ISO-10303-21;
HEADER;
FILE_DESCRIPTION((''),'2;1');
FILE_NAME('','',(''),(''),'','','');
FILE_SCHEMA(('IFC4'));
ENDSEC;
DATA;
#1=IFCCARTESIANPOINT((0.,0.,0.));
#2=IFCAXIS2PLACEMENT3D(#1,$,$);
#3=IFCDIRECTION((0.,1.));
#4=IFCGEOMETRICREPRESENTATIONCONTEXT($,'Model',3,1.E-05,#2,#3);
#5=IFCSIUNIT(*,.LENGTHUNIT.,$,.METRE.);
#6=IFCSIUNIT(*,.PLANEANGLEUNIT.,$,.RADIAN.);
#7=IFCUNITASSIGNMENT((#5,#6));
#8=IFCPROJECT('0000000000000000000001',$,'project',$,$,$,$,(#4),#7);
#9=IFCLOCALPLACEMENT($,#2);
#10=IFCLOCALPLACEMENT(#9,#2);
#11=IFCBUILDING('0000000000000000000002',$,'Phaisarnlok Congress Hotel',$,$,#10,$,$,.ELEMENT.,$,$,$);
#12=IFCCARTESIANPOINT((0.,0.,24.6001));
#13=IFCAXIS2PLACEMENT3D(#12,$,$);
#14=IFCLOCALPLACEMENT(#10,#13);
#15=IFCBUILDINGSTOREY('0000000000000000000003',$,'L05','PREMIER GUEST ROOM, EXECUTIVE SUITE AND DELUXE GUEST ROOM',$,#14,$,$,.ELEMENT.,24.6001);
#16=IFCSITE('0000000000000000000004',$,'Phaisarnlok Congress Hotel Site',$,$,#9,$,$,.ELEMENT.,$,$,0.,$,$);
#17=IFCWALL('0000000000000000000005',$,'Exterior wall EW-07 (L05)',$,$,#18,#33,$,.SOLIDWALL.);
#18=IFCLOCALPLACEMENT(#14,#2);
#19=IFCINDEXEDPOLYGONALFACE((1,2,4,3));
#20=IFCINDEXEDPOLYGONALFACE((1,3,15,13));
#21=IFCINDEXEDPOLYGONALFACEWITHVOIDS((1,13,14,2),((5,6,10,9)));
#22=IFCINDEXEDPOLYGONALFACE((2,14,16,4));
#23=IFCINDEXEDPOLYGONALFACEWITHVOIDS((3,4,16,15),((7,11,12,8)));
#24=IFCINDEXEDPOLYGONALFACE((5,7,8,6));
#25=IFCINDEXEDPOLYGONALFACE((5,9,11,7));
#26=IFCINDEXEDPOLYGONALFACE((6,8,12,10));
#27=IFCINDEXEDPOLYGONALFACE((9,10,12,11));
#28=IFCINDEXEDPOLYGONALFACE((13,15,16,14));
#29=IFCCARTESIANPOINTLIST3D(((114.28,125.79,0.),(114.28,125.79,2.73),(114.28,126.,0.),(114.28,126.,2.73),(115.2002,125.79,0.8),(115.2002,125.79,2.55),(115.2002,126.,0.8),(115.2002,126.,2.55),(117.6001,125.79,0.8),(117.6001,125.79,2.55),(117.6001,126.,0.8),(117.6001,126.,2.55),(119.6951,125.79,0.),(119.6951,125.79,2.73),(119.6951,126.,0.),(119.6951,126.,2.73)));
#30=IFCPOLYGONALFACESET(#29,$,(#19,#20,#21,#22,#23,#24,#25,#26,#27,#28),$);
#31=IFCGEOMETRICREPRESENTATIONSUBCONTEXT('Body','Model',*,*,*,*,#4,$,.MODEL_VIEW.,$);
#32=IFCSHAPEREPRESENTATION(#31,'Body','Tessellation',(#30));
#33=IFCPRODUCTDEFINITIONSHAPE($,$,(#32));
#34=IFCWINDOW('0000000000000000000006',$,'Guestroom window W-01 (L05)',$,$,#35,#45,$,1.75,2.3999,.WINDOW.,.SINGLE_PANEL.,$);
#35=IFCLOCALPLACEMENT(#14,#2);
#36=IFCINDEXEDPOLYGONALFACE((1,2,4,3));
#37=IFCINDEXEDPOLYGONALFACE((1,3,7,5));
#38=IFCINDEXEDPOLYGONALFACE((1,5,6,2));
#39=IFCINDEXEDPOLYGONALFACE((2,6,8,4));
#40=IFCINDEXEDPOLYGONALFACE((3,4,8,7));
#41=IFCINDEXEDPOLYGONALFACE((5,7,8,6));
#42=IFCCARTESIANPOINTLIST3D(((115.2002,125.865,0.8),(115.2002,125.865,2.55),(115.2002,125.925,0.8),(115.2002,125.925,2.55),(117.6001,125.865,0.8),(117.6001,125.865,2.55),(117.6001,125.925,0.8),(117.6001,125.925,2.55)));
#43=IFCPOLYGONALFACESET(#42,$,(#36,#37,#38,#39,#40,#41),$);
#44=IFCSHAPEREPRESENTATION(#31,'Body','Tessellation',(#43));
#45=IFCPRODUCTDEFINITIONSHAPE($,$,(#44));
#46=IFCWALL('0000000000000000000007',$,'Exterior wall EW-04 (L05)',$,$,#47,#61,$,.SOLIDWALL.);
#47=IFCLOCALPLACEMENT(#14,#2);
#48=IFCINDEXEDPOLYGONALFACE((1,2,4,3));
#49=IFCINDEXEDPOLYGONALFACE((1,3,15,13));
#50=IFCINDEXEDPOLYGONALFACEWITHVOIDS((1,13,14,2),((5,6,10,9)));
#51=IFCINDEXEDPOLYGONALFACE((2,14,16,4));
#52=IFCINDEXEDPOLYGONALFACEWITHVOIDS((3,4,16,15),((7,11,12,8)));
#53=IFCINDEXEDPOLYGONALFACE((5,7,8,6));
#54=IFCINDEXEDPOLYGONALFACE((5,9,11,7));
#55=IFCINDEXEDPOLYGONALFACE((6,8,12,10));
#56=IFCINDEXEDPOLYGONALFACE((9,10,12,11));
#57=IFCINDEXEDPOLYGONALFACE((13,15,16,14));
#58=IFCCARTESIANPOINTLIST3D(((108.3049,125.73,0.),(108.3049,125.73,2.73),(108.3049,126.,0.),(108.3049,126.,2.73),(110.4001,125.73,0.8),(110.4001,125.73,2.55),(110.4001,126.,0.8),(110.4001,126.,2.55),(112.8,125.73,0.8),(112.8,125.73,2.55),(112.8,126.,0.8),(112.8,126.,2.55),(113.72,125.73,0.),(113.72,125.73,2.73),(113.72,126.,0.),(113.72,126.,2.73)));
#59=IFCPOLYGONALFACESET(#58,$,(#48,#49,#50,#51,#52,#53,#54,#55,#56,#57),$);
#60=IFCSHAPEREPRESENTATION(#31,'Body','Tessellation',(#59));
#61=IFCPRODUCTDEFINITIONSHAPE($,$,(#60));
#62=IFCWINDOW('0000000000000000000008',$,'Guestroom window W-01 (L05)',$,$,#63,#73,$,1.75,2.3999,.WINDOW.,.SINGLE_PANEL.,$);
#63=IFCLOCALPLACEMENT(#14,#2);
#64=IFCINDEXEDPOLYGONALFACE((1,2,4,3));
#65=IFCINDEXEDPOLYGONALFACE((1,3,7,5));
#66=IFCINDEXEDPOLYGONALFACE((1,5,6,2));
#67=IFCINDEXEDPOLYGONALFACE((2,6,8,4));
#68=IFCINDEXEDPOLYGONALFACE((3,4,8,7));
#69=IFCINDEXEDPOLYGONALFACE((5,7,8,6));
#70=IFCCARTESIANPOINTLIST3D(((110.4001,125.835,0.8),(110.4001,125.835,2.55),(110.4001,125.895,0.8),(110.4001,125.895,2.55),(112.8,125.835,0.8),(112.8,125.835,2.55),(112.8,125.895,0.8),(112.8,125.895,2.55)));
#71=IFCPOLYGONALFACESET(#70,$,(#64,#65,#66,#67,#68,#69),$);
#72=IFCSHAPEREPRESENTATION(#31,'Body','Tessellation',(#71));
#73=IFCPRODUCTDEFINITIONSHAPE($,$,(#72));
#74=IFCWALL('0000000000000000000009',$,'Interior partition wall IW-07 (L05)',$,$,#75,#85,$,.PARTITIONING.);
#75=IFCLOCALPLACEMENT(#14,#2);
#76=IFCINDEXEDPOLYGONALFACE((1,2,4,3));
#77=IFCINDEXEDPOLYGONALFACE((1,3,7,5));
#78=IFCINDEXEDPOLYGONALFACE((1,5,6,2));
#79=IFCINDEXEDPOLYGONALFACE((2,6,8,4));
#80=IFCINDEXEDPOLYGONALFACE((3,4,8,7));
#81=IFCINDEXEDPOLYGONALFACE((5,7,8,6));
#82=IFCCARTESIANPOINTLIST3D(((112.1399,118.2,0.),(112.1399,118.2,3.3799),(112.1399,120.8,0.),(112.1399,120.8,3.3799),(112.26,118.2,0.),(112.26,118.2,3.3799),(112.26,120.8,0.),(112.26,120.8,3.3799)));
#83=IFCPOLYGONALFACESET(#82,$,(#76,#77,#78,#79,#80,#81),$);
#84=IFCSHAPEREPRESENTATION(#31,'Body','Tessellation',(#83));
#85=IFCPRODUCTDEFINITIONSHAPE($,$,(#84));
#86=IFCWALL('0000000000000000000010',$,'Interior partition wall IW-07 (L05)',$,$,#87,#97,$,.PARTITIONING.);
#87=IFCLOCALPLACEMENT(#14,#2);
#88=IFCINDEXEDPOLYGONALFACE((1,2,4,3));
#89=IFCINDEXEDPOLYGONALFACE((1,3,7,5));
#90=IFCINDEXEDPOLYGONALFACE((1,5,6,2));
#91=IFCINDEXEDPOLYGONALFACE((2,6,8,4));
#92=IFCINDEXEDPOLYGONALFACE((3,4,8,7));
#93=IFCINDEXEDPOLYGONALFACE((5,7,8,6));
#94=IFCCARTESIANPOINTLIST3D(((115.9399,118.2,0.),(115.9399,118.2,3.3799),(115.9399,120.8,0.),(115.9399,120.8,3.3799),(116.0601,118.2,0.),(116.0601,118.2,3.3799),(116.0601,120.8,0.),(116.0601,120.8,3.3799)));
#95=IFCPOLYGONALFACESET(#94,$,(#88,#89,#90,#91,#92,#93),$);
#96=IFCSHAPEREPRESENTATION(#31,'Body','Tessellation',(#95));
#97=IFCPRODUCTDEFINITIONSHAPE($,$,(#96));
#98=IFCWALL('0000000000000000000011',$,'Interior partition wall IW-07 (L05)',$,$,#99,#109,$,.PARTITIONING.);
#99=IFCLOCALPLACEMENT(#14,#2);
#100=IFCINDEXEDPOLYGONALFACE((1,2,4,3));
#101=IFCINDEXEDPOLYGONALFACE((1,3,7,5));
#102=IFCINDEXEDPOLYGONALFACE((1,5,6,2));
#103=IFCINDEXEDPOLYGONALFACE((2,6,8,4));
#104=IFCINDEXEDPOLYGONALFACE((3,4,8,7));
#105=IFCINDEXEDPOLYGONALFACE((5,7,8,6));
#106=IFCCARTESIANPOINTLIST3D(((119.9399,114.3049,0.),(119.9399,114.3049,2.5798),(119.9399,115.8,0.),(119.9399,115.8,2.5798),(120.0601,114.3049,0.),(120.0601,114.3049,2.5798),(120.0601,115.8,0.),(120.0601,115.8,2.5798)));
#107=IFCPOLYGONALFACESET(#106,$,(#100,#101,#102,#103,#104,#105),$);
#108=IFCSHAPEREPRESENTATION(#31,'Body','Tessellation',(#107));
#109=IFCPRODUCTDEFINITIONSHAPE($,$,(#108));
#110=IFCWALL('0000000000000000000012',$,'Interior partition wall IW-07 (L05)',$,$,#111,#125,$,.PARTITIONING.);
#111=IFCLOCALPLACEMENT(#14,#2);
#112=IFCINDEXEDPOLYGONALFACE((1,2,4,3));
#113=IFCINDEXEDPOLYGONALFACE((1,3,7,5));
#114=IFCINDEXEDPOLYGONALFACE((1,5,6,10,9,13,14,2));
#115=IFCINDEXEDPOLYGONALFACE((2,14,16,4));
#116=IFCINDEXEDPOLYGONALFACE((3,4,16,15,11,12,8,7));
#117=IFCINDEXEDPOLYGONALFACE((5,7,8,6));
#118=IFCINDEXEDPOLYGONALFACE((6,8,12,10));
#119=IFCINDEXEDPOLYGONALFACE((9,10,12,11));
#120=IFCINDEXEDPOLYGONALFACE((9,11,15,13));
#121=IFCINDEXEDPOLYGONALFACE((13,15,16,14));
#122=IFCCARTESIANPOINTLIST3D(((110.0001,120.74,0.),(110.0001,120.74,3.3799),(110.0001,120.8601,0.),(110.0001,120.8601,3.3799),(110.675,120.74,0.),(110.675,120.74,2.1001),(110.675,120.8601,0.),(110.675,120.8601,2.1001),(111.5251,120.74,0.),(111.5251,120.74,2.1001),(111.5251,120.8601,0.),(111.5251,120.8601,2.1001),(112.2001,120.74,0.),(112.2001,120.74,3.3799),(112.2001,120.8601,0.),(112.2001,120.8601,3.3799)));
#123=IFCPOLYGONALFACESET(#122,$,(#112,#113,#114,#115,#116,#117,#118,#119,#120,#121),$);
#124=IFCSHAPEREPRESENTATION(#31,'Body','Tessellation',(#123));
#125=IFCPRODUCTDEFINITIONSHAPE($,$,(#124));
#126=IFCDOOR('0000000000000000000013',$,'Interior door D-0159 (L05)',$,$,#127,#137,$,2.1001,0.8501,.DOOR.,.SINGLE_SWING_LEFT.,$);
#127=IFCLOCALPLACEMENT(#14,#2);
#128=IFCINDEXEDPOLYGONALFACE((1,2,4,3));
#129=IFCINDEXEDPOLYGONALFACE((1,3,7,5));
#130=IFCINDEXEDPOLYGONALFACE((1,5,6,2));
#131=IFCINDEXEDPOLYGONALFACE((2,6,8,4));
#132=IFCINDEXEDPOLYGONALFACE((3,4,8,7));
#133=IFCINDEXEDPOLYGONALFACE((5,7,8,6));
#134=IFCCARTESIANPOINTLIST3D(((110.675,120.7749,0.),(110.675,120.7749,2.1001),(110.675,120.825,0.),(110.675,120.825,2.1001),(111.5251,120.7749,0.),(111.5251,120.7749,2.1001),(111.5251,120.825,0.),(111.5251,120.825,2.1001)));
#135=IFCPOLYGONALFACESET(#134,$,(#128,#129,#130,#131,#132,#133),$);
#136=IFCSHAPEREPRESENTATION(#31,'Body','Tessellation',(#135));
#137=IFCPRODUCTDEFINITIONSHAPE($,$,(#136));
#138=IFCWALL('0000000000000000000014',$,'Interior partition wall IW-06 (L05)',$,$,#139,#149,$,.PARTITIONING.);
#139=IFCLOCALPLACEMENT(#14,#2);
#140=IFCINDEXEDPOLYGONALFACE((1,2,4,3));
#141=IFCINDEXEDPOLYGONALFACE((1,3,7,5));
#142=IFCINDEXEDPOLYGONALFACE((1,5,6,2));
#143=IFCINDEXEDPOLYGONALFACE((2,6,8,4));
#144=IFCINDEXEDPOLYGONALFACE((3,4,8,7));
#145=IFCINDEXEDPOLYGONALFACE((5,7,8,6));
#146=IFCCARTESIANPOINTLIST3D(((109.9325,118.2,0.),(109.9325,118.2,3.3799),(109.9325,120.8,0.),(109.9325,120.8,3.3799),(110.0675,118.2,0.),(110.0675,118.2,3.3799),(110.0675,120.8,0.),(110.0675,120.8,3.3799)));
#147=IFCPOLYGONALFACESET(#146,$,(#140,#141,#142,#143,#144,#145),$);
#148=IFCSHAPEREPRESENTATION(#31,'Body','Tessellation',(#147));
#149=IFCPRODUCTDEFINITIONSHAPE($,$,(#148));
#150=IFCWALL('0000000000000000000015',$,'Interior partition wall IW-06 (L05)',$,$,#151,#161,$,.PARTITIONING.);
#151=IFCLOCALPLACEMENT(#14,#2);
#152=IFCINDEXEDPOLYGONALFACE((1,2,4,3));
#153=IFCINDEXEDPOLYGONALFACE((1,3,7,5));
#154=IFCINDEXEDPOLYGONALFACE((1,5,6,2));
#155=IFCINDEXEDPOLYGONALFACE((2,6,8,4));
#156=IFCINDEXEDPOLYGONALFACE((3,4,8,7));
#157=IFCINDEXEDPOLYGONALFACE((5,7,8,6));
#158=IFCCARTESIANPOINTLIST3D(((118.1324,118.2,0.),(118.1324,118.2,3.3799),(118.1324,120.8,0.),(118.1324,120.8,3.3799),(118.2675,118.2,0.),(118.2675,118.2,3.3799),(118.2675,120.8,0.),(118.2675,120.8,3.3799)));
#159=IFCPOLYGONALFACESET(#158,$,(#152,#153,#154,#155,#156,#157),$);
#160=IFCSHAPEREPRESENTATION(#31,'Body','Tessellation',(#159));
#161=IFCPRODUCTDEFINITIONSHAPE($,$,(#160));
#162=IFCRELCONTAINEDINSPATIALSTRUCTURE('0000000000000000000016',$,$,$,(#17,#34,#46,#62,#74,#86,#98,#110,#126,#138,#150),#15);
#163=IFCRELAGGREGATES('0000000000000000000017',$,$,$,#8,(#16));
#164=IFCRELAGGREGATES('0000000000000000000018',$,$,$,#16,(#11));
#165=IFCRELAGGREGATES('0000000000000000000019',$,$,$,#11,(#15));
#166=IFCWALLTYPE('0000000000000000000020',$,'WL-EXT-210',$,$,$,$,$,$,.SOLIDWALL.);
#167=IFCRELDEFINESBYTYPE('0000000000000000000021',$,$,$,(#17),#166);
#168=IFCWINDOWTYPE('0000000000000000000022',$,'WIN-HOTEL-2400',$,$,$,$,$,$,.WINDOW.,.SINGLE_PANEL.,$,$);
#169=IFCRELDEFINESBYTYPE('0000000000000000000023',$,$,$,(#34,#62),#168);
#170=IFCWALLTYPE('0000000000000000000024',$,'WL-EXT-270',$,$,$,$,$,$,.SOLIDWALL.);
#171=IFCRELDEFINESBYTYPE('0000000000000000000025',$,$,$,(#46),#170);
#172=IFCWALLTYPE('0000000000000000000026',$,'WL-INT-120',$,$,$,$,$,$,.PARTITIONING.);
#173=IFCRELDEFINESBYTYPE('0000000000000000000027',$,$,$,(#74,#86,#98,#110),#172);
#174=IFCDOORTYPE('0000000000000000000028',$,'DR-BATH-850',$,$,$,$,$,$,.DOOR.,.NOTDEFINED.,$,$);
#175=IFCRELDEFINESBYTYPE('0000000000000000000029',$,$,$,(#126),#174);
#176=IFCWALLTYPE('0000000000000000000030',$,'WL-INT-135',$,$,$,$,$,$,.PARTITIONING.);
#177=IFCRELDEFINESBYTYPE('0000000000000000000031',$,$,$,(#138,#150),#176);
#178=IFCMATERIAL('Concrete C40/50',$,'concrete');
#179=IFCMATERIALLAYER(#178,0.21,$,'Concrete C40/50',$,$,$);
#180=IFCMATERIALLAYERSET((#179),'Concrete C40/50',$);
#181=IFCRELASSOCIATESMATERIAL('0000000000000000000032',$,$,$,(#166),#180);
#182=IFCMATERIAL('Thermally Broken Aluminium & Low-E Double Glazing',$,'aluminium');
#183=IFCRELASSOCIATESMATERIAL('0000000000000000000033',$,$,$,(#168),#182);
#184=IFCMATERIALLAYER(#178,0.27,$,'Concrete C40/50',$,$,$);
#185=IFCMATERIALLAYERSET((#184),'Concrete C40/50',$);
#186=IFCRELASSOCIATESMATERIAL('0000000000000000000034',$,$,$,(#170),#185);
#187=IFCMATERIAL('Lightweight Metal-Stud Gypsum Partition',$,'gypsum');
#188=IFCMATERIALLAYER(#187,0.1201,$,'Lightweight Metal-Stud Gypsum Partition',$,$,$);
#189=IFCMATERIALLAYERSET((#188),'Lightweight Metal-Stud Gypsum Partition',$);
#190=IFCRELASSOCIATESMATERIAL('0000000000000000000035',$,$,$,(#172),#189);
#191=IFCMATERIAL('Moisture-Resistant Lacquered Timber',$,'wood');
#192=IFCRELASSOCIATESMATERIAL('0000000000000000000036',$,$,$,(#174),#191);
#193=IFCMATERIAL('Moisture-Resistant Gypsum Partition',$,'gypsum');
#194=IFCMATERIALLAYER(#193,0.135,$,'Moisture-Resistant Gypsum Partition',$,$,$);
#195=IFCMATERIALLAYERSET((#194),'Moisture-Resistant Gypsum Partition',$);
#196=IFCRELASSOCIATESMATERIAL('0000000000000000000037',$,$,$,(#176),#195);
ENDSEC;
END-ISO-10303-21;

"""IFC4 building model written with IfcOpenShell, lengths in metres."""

from ifc_helpers import new_model, si_unit, direction, frame, frame_2d, origin, place, context, subcontext, project, spatial, rectangle, extrude, material, layer, layer_set, type_object, element, fill, save


model = new_model("IFC4")

# Units and contexts
model_context = context("Model", 3, precision=1e-05, world=origin(), true_north=direction((0.0, 1.0)))
body_context = subcontext(model_context, "Body", "Model", "MODEL_VIEW")
ifc_project = project(units=[si_unit("LENGTHUNIT", "METRE"), si_unit("PLANEANGLEUNIT", "RADIAN")], contexts=[model_context])

# Site, building, storey
site_placement = place(None, origin())
site = spatial("IfcSite", under=ifc_project, at=site_placement, Name="Phaisarnlok Congress Hotel Site", CompositionType="ELEMENT", RefElevation=0.0)
building_placement = place(site_placement, origin())
building = spatial("IfcBuilding", under=site, at=building_placement, Name="Phaisarnlok Congress Hotel", CompositionType="ELEMENT")
storey_placement = place(building_placement, frame((0.0, 0.0, 24.6001)))
storey = spatial("IfcBuildingStorey", under=building, at=storey_placement, Name="L05", Description="PREMIER GUEST ROOM, EXECUTIVE SUITE AND DELUXE GUEST ROOM", CompositionType="ELEMENT", Elevation=24.6001)

# Shared definitions
ifc_material_1 = material(Name="Concrete C40/50", Category="concrete")

# Walls, openings, windows
ifc_layer_1 = layer(ifc_material_1, 0.21, Name="Concrete C40/50")
ifc_layer_set_1 = layer_set([ifc_layer_1], Name="Concrete C40/50")
wall_type_1 = type_object("IfcWallType", Name="WL-EXT-210", PredefinedType="SOLIDWALL", material=ifc_layer_set_1)
wall_1_placement = place(storey_placement, frame((119.6951, 125.895, 0.0), z_axis=(0.0, 0.0, 1.0), x_axis=(-1.0, 0.0, 0.0)))
wall_1 = element("IfcWall", 1, at=wall_1_placement, inside=storey, type_object=wall_type_1, Name="Exterior wall EW-07 (L05)", PredefinedType="SOLIDWALL", context=body_context, shape_type="SweptSolid", body=[
    extrude(rectangle(XDim=5.415, YDim=0.21, at=frame_2d((2.7075, 0.0))), origin(), (0.0, 0.0, 1.0), 2.73),
])
opening_1_placement = place(wall_1_placement, frame((2.095, 0.0, 0.8)))
opening_1 = element("IfcOpeningElement", 2, at=opening_1_placement, cuts=wall_1, PredefinedType="OPENING", context=body_context, shape_type="SweptSolid", body=[
    extrude(rectangle(XDim=2.3999, YDim=1.75, at=frame_2d((1.2, 0.875))), frame((0.0, 0.115, 0.0), z_axis=(0.0, -1.0, 0.0), x_axis=(1.0, 0.0, 0.0)), (0.0, 0.0, 1.0), 0.23),
])
ifc_material_2 = material(Name="Thermally Broken Aluminium & Low-E Double Glazing", Category="aluminium")
window_type = type_object("IfcWindowType", Name="WIN-HOTEL-2400", PartitioningType="SINGLE_PANEL", PredefinedType="WINDOW", material=ifc_material_2)
window_1_placement = place(opening_1_placement, origin())
window_1 = element("IfcWindow", 3, at=window_1_placement, inside=storey, type_object=window_type, Name="Guestroom window W-01 (L05)", OverallHeight=1.75, OverallWidth=2.3999, PartitioningType="SINGLE_PANEL", PredefinedType="WINDOW", context=body_context, shape_type="SweptSolid", body=[
    extrude(rectangle(XDim=2.3999, YDim=1.75, at=frame_2d((1.2, 0.875))), frame((0.0, 0.03, 0.0), z_axis=(0.0, -1.0, 0.0), x_axis=(1.0, 0.0, 0.0)), (0.0, 0.0, 1.0), 0.0601),
])
fill(opening_1, window_1)
ifc_layer_2 = layer(ifc_material_1, 0.27, Name="Concrete C40/50")
ifc_layer_set_2 = layer_set([ifc_layer_2], Name="Concrete C40/50")
wall_type_2 = type_object("IfcWallType", Name="WL-EXT-270", PredefinedType="SOLIDWALL", material=ifc_layer_set_2)
wall_2_placement = place(storey_placement, frame((113.72, 125.865, 0.0), z_axis=(0.0, 0.0, 1.0), x_axis=(-1.0, 0.0, 0.0)))
wall_2 = element("IfcWall", 4, at=wall_2_placement, inside=storey, type_object=wall_type_2, Name="Exterior wall EW-04 (L05)", PredefinedType="SOLIDWALL", context=body_context, shape_type="SweptSolid", body=[
    extrude(rectangle(XDim=5.415, YDim=0.27, at=frame_2d((2.7075, 0.0))), origin(), (0.0, 0.0, 1.0), 2.73),
])
opening_2_placement = place(wall_2_placement, frame((0.9199, 0.0, 0.8)))
opening_2 = element("IfcOpeningElement", 5, at=opening_2_placement, cuts=wall_2, PredefinedType="OPENING", context=body_context, shape_type="SweptSolid", body=[
    extrude(rectangle(XDim=2.3999, YDim=1.75, at=frame_2d((1.2, 0.875))), frame((0.0, 0.145, 0.0), z_axis=(0.0, -1.0, 0.0), x_axis=(1.0, 0.0, 0.0)), (0.0, 0.0, 1.0), 0.29),
])
window_2_placement = place(opening_2_placement, origin())
window_2 = element("IfcWindow", 6, at=window_2_placement, inside=storey, type_object=window_type, Name="Guestroom window W-01 (L05)", OverallHeight=1.75, OverallWidth=2.3999, PartitioningType="SINGLE_PANEL", PredefinedType="WINDOW", context=body_context, shape_type="SweptSolid", body=[
    extrude(rectangle(XDim=2.3999, YDim=1.75, at=frame_2d((1.2, 0.875))), frame((0.0, 0.03, 0.0), z_axis=(0.0, -1.0, 0.0), x_axis=(1.0, 0.0, 0.0)), (0.0, 0.0, 1.0), 0.0601),
])
fill(opening_2, window_2)

# Walls
ifc_material_3 = material(Name="Lightweight Metal-Stud Gypsum Partition", Category="gypsum")
ifc_layer_3 = layer(ifc_material_3, 0.1201, Name="Lightweight Metal-Stud Gypsum Partition")
ifc_layer_set_3 = layer_set([ifc_layer_3], Name="Lightweight Metal-Stud Gypsum Partition")
wall_type_3 = type_object("IfcWallType", Name="WL-INT-120", PredefinedType="PARTITIONING", material=ifc_layer_set_3)
for number, where, z_axis, x_axis, name in (
    (7, (112.2, 118.2, 0.0), (0.0, 0.0, 1.0), (0.0, 1.0, 0.0), "Interior partition wall IW-07 (L05)"),
    (8, (116.0, 118.2, 0.0), (0.0, 0.0, 1.0), (0.0, 1.0, 0.0), "Interior partition wall IW-07 (L05)"),
):
    element("IfcWall", number, at=place(storey_placement, frame(where, z_axis=z_axis, x_axis=x_axis)), inside=storey, type_object=wall_type_3, Name=name, PredefinedType="PARTITIONING", context=body_context, shape_type="SweptSolid", body=[
        extrude(rectangle(XDim=2.6001, YDim=0.1201, at=frame_2d((1.3, 0.0))), origin(), (0.0, 0.0, 1.0), 3.3799),
    ])
wall_3_placement = place(storey_placement, frame((120.0, 114.3049, 0.0), z_axis=(0.0, 0.0, 1.0), x_axis=(0.0, 1.0, 0.0)))
element("IfcWall", 9, at=wall_3_placement, inside=storey, type_object=wall_type_3, Name="Interior partition wall IW-07 (L05)", PredefinedType="PARTITIONING", context=body_context, shape_type="SweptSolid", body=[
    extrude(rectangle(XDim=1.4951, YDim=0.1201, at=frame_2d((0.7476, 0.0))), origin(), (0.0, 0.0, 1.0), 2.5798),
])

# Wall, opening, door
wall_4_placement = place(storey_placement, frame((110.0, 120.8, 0.0), z_axis=(0.0, 0.0, 1.0), x_axis=(1.0, 0.0, 0.0)))
wall_4 = element("IfcWall", 10, at=wall_4_placement, inside=storey, type_object=wall_type_3, Name="Interior partition wall IW-07 (L05)", PredefinedType="PARTITIONING", context=body_context, shape_type="SweptSolid", body=[
    extrude(rectangle(XDim=2.2, YDim=0.1201, at=frame_2d((1.1001, 0.0))), origin(), (0.0, 0.0, 1.0), 3.3799),
])
opening_3_placement = place(wall_4_placement, frame((0.675, 0.0, 0.0)))
opening_3 = element("IfcOpeningElement", 11, at=opening_3_placement, cuts=wall_4, PredefinedType="OPENING", context=body_context, shape_type="SweptSolid", body=[
    extrude(rectangle(XDim=0.8501, YDim=2.1001, at=frame_2d((0.425, 1.05))), frame((0.0, 0.0701, 0.0), z_axis=(0.0, -1.0, 0.0), x_axis=(1.0, 0.0, 0.0)), (0.0, 0.0, 1.0), 0.1401),
])
ifc_material_4 = material(Name="Moisture-Resistant Lacquered Timber", Category="wood")
door_type = type_object("IfcDoorType", Name="DR-BATH-850", OperationType="NOTDEFINED", PredefinedType="DOOR", material=ifc_material_4)
door_1_placement = place(opening_3_placement, origin())
door_1 = element("IfcDoor", 12, at=door_1_placement, inside=storey, type_object=door_type, Name="Interior door D-0159 (L05)", OperationType="SINGLE_SWING_LEFT", OverallHeight=2.1001, OverallWidth=0.8501, PredefinedType="DOOR", context=body_context, shape_type="SweptSolid", body=[
    extrude(rectangle(XDim=0.8501, YDim=2.1001, at=frame_2d((0.425, 1.05))), frame((0.0, 0.0249, 0.0), z_axis=(0.0, -1.0, 0.0), x_axis=(1.0, 0.0, 0.0)), (0.0, 0.0, 1.0), 0.05),
])
fill(opening_3, door_1)

# Walls
ifc_material_5 = material(Name="Moisture-Resistant Gypsum Partition", Category="gypsum")
ifc_layer_4 = layer(ifc_material_5, 0.135, Name="Moisture-Resistant Gypsum Partition")
ifc_layer_set_4 = layer_set([ifc_layer_4], Name="Moisture-Resistant Gypsum Partition")
wall_type_4 = type_object("IfcWallType", Name="WL-INT-135", PredefinedType="PARTITIONING", material=ifc_layer_set_4)
for number, where, z_axis, x_axis, name in (
    (13, (110.0, 118.2, 0.0), (0.0, 0.0, 1.0), (0.0, 1.0, 0.0), "Interior partition wall IW-06 (L05)"),
    (14, (118.2, 118.2, 0.0), (0.0, 0.0, 1.0), (0.0, 1.0, 0.0), "Interior partition wall IW-06 (L05)"),
):
    element("IfcWall", number, at=place(storey_placement, frame(where, z_axis=z_axis, x_axis=x_axis)), inside=storey, type_object=wall_type_4, Name=name, PredefinedType="PARTITIONING", context=body_context, shape_type="SweptSolid", body=[
        extrude(rectangle(XDim=2.6001, YDim=0.135, at=frame_2d((1.3, 0.0))), origin(), (0.0, 0.0, 1.0), 3.3799),
    ])

save(model, "model.ifc")
